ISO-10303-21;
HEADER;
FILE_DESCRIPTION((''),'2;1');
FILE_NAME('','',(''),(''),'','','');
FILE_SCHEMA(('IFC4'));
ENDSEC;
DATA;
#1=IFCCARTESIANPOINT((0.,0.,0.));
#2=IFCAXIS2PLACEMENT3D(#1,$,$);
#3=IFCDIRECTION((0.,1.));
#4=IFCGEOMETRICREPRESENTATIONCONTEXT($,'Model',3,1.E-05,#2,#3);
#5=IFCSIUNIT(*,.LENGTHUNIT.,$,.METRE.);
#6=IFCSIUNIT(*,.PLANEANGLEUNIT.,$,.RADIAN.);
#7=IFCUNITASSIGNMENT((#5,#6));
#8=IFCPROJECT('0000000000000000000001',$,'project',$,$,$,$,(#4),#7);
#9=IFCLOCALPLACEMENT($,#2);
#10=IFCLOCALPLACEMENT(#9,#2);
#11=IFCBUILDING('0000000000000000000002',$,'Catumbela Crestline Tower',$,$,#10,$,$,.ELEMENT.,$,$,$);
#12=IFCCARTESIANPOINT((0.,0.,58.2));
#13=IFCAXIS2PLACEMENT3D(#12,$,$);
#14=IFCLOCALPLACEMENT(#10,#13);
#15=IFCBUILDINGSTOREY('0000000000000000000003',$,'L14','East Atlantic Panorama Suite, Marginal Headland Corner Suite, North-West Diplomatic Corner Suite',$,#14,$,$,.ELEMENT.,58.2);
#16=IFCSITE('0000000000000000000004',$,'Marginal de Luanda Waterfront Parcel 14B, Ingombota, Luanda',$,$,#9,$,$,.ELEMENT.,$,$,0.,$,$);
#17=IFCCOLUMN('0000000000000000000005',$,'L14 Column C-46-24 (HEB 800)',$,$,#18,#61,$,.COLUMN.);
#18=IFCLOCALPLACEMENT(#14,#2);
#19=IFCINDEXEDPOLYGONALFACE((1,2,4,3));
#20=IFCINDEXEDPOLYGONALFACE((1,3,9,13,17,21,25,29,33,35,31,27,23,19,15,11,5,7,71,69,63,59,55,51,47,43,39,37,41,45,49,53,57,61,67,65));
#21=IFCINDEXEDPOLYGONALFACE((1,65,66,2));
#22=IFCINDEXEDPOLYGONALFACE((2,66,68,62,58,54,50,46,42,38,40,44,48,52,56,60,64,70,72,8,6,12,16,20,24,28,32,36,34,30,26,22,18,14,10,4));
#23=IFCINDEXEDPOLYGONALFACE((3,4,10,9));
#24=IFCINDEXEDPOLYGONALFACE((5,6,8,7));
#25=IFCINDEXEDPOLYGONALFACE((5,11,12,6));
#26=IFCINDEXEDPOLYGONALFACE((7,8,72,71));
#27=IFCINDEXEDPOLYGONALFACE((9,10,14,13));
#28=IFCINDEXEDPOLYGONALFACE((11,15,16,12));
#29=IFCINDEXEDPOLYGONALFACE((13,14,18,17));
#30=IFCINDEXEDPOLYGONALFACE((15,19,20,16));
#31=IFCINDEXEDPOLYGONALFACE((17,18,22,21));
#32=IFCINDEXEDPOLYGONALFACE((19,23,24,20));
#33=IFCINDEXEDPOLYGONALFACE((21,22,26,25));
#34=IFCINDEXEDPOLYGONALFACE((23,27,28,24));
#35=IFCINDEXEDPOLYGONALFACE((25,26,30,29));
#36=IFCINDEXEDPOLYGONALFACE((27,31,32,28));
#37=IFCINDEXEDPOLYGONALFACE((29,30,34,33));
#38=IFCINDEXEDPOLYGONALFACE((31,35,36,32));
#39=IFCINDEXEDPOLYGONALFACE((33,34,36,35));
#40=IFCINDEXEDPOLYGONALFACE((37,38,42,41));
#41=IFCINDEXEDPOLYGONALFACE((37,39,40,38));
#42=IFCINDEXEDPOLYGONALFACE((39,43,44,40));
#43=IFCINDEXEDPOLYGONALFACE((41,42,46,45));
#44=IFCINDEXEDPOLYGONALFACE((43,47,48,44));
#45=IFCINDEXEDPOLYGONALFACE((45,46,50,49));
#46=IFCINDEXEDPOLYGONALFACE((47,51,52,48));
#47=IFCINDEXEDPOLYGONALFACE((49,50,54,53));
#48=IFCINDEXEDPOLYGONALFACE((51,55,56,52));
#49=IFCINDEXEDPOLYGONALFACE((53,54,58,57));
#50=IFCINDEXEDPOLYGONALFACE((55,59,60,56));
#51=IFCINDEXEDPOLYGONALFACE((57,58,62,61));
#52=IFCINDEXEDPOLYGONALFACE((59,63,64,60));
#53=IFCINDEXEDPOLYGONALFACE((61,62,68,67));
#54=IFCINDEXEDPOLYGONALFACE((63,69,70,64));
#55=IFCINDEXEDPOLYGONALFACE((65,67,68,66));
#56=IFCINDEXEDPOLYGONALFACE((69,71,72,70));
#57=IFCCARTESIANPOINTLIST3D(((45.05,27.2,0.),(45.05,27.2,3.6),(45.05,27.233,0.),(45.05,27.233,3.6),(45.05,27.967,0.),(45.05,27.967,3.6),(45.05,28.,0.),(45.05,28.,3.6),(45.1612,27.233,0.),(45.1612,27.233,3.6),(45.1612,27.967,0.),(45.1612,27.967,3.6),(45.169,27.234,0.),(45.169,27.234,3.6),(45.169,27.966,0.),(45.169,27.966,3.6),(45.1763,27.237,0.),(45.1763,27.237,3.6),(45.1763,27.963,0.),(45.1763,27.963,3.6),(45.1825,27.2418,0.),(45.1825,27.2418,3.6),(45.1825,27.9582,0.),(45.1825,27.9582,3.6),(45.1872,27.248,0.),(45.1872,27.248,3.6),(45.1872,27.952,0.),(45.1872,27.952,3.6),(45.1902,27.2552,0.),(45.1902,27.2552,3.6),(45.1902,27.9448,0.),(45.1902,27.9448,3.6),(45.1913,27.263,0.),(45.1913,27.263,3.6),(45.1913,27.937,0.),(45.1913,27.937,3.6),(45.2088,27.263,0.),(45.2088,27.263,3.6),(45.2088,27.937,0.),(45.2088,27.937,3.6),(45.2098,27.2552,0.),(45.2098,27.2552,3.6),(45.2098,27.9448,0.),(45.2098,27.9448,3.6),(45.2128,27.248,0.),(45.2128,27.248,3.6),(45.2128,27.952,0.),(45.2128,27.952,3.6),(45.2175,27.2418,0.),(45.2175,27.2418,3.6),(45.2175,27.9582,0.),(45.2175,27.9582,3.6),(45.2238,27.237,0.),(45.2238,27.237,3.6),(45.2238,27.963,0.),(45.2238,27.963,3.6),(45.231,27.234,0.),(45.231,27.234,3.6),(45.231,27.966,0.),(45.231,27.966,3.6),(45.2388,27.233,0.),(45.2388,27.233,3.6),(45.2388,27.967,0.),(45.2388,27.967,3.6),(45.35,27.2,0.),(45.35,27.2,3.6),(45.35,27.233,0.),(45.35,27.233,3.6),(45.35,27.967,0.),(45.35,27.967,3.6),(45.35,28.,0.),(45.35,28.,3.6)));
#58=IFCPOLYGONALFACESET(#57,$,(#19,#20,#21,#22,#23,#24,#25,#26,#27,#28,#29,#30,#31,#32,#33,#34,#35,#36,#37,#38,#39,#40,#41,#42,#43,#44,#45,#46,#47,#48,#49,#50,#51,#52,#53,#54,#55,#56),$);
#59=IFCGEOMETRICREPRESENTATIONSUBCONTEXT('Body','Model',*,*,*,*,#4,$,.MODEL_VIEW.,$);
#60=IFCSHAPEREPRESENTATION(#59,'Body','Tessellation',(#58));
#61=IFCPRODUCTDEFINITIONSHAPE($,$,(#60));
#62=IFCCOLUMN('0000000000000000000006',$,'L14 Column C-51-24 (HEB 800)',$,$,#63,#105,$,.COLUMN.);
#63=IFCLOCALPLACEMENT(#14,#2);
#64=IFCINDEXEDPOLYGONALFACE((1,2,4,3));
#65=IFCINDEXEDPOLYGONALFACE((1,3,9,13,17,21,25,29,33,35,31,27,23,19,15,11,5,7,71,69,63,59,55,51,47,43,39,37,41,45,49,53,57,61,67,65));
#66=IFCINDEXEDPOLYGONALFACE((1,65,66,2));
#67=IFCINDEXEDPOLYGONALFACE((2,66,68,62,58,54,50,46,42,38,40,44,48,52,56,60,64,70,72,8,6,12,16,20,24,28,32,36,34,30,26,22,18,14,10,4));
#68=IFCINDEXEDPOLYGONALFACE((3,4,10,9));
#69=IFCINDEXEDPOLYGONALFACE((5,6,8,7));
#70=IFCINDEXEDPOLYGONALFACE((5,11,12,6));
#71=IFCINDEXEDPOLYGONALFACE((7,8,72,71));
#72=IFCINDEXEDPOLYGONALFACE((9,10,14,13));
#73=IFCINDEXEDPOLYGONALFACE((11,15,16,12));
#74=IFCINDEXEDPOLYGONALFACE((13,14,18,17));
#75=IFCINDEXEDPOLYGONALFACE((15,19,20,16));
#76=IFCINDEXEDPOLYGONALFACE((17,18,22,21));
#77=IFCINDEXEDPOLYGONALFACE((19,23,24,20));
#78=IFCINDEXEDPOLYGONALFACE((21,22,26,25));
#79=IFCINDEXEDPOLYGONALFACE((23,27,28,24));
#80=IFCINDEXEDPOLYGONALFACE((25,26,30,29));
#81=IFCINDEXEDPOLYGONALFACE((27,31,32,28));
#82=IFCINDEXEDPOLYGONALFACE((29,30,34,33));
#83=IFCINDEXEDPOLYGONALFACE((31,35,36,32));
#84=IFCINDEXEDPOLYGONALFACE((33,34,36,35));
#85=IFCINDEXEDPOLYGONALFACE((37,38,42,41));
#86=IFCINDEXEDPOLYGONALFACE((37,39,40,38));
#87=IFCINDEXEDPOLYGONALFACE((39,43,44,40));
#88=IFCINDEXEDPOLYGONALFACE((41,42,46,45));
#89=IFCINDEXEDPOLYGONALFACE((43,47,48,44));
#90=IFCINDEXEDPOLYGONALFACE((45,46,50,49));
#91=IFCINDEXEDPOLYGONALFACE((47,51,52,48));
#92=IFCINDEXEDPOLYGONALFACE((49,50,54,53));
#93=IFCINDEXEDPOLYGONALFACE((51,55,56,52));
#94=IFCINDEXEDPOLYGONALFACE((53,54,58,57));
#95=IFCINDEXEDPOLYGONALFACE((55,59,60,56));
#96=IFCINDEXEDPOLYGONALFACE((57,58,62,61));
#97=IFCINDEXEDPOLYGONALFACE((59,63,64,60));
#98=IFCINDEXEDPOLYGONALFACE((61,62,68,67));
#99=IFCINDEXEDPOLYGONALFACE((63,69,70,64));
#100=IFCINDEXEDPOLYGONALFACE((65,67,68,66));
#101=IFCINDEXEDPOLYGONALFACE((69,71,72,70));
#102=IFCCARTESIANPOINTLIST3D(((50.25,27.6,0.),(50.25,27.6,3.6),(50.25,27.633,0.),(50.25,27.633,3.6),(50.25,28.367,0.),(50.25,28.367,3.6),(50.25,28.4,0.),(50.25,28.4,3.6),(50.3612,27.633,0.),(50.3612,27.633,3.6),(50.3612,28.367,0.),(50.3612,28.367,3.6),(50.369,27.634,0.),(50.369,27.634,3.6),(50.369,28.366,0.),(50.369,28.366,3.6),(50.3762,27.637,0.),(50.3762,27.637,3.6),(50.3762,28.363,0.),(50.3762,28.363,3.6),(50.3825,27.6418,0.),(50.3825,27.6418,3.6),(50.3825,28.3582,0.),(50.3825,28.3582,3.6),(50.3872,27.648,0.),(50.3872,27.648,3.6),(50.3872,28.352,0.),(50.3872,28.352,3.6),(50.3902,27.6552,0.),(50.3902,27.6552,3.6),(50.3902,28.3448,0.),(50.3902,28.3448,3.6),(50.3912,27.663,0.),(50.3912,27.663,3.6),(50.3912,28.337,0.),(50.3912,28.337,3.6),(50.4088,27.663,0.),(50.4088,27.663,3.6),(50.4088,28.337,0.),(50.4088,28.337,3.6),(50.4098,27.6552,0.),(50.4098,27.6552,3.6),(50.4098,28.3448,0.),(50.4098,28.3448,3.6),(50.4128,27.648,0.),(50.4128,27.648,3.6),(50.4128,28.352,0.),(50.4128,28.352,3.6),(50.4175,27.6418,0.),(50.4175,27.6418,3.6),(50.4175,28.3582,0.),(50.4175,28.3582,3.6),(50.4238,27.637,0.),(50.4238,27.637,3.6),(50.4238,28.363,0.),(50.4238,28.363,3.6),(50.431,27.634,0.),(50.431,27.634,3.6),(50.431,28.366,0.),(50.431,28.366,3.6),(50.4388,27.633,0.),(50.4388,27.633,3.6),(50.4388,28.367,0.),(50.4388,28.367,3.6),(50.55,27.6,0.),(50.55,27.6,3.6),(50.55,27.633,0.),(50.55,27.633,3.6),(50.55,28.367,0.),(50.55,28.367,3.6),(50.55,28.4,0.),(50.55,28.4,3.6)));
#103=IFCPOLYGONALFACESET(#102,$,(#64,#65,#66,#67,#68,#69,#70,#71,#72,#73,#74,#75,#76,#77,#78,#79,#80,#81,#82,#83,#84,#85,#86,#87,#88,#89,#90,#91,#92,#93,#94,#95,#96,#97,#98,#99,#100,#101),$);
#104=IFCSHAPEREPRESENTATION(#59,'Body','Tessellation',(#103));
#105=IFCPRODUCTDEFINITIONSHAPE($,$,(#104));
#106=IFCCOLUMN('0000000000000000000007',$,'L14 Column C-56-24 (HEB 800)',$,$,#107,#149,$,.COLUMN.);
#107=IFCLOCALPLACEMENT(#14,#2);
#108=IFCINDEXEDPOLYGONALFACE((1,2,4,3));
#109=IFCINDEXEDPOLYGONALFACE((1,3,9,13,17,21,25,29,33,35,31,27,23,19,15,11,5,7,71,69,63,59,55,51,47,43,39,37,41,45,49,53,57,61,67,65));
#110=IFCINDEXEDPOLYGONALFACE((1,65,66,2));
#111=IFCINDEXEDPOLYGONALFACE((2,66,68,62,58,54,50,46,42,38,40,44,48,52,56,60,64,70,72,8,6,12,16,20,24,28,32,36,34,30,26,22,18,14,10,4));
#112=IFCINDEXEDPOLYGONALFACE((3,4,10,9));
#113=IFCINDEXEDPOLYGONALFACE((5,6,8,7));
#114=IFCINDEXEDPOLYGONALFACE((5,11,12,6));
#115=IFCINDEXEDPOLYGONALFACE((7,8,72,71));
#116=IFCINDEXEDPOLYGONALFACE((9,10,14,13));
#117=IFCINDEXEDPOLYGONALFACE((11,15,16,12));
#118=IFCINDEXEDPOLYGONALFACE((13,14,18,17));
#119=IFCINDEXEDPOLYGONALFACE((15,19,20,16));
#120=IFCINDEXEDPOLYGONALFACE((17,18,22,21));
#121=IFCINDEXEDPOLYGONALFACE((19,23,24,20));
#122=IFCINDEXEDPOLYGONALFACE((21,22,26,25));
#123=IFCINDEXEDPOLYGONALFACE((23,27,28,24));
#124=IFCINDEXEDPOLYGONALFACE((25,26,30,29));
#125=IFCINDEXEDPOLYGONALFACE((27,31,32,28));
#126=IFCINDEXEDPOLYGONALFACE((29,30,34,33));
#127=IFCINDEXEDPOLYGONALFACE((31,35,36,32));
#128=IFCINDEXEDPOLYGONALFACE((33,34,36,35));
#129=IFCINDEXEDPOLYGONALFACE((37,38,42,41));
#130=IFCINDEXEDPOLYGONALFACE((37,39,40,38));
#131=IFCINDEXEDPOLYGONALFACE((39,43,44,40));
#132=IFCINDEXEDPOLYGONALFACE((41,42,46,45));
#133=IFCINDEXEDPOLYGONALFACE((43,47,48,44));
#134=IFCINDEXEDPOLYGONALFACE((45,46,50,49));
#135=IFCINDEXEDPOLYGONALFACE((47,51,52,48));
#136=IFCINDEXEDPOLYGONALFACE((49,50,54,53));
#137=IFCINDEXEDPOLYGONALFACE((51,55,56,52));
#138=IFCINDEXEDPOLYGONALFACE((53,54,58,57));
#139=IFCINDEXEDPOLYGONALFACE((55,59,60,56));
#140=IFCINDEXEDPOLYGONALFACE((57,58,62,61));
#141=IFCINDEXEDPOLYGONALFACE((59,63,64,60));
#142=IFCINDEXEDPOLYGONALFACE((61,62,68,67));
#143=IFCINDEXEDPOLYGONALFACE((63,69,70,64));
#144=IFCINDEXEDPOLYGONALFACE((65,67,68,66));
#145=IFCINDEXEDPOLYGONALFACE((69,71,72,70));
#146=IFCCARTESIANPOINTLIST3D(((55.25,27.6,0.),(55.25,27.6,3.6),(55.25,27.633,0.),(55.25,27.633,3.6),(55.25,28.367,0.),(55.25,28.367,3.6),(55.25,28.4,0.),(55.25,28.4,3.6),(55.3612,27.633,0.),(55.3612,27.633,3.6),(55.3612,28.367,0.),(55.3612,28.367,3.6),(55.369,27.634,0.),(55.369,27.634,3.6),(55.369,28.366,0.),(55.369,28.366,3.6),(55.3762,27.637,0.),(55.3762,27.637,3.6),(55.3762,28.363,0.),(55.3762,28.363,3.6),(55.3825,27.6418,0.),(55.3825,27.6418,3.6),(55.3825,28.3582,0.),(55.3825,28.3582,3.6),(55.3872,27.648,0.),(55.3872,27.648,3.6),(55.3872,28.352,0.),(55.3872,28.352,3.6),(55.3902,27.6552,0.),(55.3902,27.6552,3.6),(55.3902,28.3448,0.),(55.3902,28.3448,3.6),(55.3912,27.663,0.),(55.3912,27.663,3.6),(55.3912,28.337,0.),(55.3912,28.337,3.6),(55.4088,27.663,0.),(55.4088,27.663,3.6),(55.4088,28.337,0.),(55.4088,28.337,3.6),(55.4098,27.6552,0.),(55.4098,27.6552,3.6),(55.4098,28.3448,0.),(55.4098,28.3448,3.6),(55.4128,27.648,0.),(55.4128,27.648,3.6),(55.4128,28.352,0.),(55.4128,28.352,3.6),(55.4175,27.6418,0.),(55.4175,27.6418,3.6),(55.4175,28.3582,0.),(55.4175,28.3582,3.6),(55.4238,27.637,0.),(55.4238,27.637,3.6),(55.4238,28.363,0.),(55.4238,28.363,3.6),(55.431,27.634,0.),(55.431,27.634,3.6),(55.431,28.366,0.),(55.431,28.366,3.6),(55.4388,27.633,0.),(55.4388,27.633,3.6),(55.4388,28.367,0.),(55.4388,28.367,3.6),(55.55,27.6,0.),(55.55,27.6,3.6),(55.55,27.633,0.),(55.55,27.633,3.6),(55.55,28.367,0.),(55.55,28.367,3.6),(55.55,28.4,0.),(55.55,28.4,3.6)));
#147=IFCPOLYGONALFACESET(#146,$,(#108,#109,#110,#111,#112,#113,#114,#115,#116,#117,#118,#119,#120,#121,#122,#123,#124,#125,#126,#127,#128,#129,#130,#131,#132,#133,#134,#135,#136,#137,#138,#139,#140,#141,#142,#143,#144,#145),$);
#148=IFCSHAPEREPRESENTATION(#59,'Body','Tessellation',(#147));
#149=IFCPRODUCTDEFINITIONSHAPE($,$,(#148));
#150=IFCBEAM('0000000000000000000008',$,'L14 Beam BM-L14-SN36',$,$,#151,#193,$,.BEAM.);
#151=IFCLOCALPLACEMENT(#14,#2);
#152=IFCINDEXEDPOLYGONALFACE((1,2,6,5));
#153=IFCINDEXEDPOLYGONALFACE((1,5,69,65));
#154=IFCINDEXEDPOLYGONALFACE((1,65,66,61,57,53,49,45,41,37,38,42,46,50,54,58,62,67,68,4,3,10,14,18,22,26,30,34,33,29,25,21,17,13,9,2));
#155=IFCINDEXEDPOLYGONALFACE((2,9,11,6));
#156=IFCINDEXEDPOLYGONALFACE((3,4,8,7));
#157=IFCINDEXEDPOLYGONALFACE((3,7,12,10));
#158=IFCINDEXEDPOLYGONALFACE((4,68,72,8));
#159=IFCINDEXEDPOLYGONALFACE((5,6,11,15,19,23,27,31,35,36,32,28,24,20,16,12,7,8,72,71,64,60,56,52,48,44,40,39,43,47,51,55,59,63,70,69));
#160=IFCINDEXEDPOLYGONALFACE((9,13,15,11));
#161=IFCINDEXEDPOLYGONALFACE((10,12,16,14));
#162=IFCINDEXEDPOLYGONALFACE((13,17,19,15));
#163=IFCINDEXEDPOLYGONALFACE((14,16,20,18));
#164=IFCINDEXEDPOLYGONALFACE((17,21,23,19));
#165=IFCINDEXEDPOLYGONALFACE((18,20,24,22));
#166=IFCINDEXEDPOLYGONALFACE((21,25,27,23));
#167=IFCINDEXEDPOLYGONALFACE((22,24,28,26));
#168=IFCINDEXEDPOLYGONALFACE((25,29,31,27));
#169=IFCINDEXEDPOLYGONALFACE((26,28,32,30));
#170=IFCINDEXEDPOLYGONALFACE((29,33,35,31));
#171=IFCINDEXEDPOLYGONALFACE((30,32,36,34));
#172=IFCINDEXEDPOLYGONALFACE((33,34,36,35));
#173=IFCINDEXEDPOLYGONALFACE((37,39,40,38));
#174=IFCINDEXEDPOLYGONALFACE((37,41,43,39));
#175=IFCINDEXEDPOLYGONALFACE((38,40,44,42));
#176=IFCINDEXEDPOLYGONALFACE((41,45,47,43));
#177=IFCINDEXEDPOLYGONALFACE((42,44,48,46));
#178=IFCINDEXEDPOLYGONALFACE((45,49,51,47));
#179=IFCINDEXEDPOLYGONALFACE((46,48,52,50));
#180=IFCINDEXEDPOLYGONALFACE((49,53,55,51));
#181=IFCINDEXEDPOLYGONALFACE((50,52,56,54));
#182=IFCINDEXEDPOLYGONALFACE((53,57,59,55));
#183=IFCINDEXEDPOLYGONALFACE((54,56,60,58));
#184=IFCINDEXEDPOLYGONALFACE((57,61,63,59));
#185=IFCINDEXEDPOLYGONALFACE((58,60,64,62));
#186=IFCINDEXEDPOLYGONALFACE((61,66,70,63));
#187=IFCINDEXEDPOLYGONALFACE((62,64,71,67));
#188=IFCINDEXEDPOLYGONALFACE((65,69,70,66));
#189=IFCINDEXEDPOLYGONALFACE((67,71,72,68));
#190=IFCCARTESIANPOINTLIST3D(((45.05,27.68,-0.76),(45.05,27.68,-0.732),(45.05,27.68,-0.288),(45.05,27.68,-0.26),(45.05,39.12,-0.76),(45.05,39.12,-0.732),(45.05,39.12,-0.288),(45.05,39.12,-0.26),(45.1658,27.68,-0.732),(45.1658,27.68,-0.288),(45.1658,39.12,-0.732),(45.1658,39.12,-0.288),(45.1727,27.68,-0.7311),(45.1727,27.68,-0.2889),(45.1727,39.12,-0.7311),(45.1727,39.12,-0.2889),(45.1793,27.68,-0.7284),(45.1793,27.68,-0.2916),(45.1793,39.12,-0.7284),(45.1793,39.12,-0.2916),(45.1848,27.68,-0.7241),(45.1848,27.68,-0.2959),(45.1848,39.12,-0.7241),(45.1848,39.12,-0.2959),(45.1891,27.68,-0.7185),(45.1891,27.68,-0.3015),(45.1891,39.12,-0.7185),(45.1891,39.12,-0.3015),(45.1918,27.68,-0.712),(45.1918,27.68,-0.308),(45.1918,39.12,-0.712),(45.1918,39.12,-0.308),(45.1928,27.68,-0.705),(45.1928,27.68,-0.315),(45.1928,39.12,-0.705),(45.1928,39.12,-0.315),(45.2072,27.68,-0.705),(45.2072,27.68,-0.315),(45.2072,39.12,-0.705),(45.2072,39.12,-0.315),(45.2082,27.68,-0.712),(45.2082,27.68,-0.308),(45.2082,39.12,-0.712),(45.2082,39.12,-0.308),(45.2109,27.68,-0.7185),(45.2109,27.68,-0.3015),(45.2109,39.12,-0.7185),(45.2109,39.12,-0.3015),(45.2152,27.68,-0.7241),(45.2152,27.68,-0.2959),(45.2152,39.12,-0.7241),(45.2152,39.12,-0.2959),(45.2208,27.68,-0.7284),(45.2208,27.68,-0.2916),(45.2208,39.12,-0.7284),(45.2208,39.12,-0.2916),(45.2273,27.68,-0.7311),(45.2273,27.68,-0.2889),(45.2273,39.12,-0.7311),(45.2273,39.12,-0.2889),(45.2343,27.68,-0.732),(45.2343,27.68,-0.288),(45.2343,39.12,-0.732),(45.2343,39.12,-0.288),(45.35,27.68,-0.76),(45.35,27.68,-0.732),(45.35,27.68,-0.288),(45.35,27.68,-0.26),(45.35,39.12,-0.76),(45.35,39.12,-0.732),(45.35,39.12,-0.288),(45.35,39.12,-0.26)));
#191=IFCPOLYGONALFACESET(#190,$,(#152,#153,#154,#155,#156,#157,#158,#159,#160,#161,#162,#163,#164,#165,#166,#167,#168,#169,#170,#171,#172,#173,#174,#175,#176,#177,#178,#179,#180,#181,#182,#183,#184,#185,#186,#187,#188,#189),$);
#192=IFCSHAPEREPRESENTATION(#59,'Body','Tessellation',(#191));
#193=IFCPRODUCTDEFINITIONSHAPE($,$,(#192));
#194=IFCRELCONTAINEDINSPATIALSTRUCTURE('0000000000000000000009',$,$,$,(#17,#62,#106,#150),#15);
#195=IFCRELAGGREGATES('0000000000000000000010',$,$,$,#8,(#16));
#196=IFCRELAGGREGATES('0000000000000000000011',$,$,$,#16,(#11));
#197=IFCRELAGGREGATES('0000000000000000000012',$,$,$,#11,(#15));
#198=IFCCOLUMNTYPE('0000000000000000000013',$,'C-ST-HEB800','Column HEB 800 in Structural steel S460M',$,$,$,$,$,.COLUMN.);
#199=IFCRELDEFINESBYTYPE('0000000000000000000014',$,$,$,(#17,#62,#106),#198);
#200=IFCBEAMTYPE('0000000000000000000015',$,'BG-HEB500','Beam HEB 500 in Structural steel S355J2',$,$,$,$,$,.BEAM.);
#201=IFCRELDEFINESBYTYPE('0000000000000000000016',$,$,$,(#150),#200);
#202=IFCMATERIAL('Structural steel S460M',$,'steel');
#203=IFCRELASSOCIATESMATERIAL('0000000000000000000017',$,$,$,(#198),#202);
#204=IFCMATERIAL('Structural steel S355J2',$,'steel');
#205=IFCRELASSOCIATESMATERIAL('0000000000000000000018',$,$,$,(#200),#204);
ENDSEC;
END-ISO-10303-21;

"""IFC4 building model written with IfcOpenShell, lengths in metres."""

from ifc_helpers import new_model, si_unit, direction, frame, origin, origin_2d, place, context, subcontext, project, spatial, i_section, extrude, material, material_profile, profile_set, type_object, element, save


model = new_model("IFC4")

# Units and contexts
model_context = context("Model", 3, precision=1e-05, world=origin(), true_north=direction((0.0, 1.0)))
body_context = subcontext(model_context, "Body", "Model", "MODEL_VIEW")
ifc_project = project(units=[si_unit("LENGTHUNIT", "METRE"), si_unit("PLANEANGLEUNIT", "RADIAN")], contexts=[model_context])

# Site, building, storey
site_placement = place(None, origin())
site = spatial("IfcSite", under=ifc_project, at=site_placement, Name="Marginal de Luanda Waterfront Parcel 14B, Ingombota, Luanda", CompositionType="ELEMENT", RefElevation=0.0)
building_placement = place(site_placement, origin())
building = spatial("IfcBuilding", under=site, at=building_placement, Name="Catumbela Crestline Tower", CompositionType="ELEMENT")
storey_placement = place(building_placement, frame((0.0, 0.0, 58.2)))
storey = spatial("IfcBuildingStorey", under=building, at=storey_placement, Name="L14", Description="East Atlantic Panorama Suite, Marginal Headland Corner Suite, North-West Diplomatic Corner Suite", CompositionType="ELEMENT", Elevation=58.2)

# Columns
ifc_material_1 = material(Name="Structural steel S460M", Category="steel")
ifc_material_profile_1 = material_profile(ifc_material_1, i_section(OverallWidth=0.3, OverallDepth=0.8, WebThickness=0.0175, FlangeThickness=0.033, FilletRadius=0.03, at=origin_2d()), Name="HEB 800")
ifc_profile_set_1 = profile_set([ifc_material_profile_1], Name="Structural steel S460M")
column_type = type_object("IfcColumnType", Name="C-ST-HEB800", Description="Column HEB 800 in Structural steel S460M", PredefinedType="COLUMN", material=ifc_profile_set_1)
for number, where, z_axis, x_axis, name in (
    (1, (45.2, 27.6, 0.0), (0.0, 0.0, 1.0), (1.0, 0.0, 0.0), "L14 Column C-46-24 (HEB 800)"),
    (2, (50.4, 28.0, 0.0), (0.0, 0.0, 1.0), (1.0, 0.0, 0.0), "L14 Column C-51-24 (HEB 800)"),
    (3, (55.4, 28.0, 0.0), (0.0, 0.0, 1.0), (1.0, 0.0, 0.0), "L14 Column C-56-24 (HEB 800)"),
):
    element("IfcColumn", number, at=place(storey_placement, frame(where, z_axis=z_axis, x_axis=x_axis)), inside=storey, type_object=column_type, Name=name, PredefinedType="COLUMN", context=body_context, shape_type="SweptSolid", body=[
        extrude(i_section(OverallWidth=0.3, OverallDepth=0.8, WebThickness=0.0175, FlangeThickness=0.033, FilletRadius=0.03, at=origin_2d()), origin(), (0.0, 0.0, 1.0), 3.6),
    ])

# Beam
ifc_material_2 = material(Name="Structural steel S355J2", Category="steel")
ifc_material_profile_2 = material_profile(ifc_material_2, i_section(OverallWidth=0.3, OverallDepth=0.5, WebThickness=0.0145, FlangeThickness=0.028, FilletRadius=0.027, at=origin_2d()), Name="HEB 500")
ifc_profile_set_2 = profile_set([ifc_material_profile_2], Name="Structural steel S355J2")
beam_type_1 = type_object("IfcBeamType", Name="BG-HEB500", Description="Beam HEB 500 in Structural steel S355J2", PredefinedType="BEAM", material=ifc_profile_set_2)
beam_1_placement = place(storey_placement, frame((45.2, 27.68, -0.51), z_axis=(0.0, 1.0, 0.0), x_axis=(-1.0, 0.0, 0.0)))
element("IfcBeam", 4, at=beam_1_placement, inside=storey, type_object=beam_type_1, Name="L14 Beam BM-L14-SN36", PredefinedType="BEAM", context=body_context, shape_type="SweptSolid", body=[
    extrude(i_section(OverallWidth=0.3, OverallDepth=0.5, WebThickness=0.0145, FlangeThickness=0.028, FilletRadius=0.027, at=origin_2d()), origin(), (0.0, 0.0, 1.0), 11.44),
])

save(model, "model.ifc")
